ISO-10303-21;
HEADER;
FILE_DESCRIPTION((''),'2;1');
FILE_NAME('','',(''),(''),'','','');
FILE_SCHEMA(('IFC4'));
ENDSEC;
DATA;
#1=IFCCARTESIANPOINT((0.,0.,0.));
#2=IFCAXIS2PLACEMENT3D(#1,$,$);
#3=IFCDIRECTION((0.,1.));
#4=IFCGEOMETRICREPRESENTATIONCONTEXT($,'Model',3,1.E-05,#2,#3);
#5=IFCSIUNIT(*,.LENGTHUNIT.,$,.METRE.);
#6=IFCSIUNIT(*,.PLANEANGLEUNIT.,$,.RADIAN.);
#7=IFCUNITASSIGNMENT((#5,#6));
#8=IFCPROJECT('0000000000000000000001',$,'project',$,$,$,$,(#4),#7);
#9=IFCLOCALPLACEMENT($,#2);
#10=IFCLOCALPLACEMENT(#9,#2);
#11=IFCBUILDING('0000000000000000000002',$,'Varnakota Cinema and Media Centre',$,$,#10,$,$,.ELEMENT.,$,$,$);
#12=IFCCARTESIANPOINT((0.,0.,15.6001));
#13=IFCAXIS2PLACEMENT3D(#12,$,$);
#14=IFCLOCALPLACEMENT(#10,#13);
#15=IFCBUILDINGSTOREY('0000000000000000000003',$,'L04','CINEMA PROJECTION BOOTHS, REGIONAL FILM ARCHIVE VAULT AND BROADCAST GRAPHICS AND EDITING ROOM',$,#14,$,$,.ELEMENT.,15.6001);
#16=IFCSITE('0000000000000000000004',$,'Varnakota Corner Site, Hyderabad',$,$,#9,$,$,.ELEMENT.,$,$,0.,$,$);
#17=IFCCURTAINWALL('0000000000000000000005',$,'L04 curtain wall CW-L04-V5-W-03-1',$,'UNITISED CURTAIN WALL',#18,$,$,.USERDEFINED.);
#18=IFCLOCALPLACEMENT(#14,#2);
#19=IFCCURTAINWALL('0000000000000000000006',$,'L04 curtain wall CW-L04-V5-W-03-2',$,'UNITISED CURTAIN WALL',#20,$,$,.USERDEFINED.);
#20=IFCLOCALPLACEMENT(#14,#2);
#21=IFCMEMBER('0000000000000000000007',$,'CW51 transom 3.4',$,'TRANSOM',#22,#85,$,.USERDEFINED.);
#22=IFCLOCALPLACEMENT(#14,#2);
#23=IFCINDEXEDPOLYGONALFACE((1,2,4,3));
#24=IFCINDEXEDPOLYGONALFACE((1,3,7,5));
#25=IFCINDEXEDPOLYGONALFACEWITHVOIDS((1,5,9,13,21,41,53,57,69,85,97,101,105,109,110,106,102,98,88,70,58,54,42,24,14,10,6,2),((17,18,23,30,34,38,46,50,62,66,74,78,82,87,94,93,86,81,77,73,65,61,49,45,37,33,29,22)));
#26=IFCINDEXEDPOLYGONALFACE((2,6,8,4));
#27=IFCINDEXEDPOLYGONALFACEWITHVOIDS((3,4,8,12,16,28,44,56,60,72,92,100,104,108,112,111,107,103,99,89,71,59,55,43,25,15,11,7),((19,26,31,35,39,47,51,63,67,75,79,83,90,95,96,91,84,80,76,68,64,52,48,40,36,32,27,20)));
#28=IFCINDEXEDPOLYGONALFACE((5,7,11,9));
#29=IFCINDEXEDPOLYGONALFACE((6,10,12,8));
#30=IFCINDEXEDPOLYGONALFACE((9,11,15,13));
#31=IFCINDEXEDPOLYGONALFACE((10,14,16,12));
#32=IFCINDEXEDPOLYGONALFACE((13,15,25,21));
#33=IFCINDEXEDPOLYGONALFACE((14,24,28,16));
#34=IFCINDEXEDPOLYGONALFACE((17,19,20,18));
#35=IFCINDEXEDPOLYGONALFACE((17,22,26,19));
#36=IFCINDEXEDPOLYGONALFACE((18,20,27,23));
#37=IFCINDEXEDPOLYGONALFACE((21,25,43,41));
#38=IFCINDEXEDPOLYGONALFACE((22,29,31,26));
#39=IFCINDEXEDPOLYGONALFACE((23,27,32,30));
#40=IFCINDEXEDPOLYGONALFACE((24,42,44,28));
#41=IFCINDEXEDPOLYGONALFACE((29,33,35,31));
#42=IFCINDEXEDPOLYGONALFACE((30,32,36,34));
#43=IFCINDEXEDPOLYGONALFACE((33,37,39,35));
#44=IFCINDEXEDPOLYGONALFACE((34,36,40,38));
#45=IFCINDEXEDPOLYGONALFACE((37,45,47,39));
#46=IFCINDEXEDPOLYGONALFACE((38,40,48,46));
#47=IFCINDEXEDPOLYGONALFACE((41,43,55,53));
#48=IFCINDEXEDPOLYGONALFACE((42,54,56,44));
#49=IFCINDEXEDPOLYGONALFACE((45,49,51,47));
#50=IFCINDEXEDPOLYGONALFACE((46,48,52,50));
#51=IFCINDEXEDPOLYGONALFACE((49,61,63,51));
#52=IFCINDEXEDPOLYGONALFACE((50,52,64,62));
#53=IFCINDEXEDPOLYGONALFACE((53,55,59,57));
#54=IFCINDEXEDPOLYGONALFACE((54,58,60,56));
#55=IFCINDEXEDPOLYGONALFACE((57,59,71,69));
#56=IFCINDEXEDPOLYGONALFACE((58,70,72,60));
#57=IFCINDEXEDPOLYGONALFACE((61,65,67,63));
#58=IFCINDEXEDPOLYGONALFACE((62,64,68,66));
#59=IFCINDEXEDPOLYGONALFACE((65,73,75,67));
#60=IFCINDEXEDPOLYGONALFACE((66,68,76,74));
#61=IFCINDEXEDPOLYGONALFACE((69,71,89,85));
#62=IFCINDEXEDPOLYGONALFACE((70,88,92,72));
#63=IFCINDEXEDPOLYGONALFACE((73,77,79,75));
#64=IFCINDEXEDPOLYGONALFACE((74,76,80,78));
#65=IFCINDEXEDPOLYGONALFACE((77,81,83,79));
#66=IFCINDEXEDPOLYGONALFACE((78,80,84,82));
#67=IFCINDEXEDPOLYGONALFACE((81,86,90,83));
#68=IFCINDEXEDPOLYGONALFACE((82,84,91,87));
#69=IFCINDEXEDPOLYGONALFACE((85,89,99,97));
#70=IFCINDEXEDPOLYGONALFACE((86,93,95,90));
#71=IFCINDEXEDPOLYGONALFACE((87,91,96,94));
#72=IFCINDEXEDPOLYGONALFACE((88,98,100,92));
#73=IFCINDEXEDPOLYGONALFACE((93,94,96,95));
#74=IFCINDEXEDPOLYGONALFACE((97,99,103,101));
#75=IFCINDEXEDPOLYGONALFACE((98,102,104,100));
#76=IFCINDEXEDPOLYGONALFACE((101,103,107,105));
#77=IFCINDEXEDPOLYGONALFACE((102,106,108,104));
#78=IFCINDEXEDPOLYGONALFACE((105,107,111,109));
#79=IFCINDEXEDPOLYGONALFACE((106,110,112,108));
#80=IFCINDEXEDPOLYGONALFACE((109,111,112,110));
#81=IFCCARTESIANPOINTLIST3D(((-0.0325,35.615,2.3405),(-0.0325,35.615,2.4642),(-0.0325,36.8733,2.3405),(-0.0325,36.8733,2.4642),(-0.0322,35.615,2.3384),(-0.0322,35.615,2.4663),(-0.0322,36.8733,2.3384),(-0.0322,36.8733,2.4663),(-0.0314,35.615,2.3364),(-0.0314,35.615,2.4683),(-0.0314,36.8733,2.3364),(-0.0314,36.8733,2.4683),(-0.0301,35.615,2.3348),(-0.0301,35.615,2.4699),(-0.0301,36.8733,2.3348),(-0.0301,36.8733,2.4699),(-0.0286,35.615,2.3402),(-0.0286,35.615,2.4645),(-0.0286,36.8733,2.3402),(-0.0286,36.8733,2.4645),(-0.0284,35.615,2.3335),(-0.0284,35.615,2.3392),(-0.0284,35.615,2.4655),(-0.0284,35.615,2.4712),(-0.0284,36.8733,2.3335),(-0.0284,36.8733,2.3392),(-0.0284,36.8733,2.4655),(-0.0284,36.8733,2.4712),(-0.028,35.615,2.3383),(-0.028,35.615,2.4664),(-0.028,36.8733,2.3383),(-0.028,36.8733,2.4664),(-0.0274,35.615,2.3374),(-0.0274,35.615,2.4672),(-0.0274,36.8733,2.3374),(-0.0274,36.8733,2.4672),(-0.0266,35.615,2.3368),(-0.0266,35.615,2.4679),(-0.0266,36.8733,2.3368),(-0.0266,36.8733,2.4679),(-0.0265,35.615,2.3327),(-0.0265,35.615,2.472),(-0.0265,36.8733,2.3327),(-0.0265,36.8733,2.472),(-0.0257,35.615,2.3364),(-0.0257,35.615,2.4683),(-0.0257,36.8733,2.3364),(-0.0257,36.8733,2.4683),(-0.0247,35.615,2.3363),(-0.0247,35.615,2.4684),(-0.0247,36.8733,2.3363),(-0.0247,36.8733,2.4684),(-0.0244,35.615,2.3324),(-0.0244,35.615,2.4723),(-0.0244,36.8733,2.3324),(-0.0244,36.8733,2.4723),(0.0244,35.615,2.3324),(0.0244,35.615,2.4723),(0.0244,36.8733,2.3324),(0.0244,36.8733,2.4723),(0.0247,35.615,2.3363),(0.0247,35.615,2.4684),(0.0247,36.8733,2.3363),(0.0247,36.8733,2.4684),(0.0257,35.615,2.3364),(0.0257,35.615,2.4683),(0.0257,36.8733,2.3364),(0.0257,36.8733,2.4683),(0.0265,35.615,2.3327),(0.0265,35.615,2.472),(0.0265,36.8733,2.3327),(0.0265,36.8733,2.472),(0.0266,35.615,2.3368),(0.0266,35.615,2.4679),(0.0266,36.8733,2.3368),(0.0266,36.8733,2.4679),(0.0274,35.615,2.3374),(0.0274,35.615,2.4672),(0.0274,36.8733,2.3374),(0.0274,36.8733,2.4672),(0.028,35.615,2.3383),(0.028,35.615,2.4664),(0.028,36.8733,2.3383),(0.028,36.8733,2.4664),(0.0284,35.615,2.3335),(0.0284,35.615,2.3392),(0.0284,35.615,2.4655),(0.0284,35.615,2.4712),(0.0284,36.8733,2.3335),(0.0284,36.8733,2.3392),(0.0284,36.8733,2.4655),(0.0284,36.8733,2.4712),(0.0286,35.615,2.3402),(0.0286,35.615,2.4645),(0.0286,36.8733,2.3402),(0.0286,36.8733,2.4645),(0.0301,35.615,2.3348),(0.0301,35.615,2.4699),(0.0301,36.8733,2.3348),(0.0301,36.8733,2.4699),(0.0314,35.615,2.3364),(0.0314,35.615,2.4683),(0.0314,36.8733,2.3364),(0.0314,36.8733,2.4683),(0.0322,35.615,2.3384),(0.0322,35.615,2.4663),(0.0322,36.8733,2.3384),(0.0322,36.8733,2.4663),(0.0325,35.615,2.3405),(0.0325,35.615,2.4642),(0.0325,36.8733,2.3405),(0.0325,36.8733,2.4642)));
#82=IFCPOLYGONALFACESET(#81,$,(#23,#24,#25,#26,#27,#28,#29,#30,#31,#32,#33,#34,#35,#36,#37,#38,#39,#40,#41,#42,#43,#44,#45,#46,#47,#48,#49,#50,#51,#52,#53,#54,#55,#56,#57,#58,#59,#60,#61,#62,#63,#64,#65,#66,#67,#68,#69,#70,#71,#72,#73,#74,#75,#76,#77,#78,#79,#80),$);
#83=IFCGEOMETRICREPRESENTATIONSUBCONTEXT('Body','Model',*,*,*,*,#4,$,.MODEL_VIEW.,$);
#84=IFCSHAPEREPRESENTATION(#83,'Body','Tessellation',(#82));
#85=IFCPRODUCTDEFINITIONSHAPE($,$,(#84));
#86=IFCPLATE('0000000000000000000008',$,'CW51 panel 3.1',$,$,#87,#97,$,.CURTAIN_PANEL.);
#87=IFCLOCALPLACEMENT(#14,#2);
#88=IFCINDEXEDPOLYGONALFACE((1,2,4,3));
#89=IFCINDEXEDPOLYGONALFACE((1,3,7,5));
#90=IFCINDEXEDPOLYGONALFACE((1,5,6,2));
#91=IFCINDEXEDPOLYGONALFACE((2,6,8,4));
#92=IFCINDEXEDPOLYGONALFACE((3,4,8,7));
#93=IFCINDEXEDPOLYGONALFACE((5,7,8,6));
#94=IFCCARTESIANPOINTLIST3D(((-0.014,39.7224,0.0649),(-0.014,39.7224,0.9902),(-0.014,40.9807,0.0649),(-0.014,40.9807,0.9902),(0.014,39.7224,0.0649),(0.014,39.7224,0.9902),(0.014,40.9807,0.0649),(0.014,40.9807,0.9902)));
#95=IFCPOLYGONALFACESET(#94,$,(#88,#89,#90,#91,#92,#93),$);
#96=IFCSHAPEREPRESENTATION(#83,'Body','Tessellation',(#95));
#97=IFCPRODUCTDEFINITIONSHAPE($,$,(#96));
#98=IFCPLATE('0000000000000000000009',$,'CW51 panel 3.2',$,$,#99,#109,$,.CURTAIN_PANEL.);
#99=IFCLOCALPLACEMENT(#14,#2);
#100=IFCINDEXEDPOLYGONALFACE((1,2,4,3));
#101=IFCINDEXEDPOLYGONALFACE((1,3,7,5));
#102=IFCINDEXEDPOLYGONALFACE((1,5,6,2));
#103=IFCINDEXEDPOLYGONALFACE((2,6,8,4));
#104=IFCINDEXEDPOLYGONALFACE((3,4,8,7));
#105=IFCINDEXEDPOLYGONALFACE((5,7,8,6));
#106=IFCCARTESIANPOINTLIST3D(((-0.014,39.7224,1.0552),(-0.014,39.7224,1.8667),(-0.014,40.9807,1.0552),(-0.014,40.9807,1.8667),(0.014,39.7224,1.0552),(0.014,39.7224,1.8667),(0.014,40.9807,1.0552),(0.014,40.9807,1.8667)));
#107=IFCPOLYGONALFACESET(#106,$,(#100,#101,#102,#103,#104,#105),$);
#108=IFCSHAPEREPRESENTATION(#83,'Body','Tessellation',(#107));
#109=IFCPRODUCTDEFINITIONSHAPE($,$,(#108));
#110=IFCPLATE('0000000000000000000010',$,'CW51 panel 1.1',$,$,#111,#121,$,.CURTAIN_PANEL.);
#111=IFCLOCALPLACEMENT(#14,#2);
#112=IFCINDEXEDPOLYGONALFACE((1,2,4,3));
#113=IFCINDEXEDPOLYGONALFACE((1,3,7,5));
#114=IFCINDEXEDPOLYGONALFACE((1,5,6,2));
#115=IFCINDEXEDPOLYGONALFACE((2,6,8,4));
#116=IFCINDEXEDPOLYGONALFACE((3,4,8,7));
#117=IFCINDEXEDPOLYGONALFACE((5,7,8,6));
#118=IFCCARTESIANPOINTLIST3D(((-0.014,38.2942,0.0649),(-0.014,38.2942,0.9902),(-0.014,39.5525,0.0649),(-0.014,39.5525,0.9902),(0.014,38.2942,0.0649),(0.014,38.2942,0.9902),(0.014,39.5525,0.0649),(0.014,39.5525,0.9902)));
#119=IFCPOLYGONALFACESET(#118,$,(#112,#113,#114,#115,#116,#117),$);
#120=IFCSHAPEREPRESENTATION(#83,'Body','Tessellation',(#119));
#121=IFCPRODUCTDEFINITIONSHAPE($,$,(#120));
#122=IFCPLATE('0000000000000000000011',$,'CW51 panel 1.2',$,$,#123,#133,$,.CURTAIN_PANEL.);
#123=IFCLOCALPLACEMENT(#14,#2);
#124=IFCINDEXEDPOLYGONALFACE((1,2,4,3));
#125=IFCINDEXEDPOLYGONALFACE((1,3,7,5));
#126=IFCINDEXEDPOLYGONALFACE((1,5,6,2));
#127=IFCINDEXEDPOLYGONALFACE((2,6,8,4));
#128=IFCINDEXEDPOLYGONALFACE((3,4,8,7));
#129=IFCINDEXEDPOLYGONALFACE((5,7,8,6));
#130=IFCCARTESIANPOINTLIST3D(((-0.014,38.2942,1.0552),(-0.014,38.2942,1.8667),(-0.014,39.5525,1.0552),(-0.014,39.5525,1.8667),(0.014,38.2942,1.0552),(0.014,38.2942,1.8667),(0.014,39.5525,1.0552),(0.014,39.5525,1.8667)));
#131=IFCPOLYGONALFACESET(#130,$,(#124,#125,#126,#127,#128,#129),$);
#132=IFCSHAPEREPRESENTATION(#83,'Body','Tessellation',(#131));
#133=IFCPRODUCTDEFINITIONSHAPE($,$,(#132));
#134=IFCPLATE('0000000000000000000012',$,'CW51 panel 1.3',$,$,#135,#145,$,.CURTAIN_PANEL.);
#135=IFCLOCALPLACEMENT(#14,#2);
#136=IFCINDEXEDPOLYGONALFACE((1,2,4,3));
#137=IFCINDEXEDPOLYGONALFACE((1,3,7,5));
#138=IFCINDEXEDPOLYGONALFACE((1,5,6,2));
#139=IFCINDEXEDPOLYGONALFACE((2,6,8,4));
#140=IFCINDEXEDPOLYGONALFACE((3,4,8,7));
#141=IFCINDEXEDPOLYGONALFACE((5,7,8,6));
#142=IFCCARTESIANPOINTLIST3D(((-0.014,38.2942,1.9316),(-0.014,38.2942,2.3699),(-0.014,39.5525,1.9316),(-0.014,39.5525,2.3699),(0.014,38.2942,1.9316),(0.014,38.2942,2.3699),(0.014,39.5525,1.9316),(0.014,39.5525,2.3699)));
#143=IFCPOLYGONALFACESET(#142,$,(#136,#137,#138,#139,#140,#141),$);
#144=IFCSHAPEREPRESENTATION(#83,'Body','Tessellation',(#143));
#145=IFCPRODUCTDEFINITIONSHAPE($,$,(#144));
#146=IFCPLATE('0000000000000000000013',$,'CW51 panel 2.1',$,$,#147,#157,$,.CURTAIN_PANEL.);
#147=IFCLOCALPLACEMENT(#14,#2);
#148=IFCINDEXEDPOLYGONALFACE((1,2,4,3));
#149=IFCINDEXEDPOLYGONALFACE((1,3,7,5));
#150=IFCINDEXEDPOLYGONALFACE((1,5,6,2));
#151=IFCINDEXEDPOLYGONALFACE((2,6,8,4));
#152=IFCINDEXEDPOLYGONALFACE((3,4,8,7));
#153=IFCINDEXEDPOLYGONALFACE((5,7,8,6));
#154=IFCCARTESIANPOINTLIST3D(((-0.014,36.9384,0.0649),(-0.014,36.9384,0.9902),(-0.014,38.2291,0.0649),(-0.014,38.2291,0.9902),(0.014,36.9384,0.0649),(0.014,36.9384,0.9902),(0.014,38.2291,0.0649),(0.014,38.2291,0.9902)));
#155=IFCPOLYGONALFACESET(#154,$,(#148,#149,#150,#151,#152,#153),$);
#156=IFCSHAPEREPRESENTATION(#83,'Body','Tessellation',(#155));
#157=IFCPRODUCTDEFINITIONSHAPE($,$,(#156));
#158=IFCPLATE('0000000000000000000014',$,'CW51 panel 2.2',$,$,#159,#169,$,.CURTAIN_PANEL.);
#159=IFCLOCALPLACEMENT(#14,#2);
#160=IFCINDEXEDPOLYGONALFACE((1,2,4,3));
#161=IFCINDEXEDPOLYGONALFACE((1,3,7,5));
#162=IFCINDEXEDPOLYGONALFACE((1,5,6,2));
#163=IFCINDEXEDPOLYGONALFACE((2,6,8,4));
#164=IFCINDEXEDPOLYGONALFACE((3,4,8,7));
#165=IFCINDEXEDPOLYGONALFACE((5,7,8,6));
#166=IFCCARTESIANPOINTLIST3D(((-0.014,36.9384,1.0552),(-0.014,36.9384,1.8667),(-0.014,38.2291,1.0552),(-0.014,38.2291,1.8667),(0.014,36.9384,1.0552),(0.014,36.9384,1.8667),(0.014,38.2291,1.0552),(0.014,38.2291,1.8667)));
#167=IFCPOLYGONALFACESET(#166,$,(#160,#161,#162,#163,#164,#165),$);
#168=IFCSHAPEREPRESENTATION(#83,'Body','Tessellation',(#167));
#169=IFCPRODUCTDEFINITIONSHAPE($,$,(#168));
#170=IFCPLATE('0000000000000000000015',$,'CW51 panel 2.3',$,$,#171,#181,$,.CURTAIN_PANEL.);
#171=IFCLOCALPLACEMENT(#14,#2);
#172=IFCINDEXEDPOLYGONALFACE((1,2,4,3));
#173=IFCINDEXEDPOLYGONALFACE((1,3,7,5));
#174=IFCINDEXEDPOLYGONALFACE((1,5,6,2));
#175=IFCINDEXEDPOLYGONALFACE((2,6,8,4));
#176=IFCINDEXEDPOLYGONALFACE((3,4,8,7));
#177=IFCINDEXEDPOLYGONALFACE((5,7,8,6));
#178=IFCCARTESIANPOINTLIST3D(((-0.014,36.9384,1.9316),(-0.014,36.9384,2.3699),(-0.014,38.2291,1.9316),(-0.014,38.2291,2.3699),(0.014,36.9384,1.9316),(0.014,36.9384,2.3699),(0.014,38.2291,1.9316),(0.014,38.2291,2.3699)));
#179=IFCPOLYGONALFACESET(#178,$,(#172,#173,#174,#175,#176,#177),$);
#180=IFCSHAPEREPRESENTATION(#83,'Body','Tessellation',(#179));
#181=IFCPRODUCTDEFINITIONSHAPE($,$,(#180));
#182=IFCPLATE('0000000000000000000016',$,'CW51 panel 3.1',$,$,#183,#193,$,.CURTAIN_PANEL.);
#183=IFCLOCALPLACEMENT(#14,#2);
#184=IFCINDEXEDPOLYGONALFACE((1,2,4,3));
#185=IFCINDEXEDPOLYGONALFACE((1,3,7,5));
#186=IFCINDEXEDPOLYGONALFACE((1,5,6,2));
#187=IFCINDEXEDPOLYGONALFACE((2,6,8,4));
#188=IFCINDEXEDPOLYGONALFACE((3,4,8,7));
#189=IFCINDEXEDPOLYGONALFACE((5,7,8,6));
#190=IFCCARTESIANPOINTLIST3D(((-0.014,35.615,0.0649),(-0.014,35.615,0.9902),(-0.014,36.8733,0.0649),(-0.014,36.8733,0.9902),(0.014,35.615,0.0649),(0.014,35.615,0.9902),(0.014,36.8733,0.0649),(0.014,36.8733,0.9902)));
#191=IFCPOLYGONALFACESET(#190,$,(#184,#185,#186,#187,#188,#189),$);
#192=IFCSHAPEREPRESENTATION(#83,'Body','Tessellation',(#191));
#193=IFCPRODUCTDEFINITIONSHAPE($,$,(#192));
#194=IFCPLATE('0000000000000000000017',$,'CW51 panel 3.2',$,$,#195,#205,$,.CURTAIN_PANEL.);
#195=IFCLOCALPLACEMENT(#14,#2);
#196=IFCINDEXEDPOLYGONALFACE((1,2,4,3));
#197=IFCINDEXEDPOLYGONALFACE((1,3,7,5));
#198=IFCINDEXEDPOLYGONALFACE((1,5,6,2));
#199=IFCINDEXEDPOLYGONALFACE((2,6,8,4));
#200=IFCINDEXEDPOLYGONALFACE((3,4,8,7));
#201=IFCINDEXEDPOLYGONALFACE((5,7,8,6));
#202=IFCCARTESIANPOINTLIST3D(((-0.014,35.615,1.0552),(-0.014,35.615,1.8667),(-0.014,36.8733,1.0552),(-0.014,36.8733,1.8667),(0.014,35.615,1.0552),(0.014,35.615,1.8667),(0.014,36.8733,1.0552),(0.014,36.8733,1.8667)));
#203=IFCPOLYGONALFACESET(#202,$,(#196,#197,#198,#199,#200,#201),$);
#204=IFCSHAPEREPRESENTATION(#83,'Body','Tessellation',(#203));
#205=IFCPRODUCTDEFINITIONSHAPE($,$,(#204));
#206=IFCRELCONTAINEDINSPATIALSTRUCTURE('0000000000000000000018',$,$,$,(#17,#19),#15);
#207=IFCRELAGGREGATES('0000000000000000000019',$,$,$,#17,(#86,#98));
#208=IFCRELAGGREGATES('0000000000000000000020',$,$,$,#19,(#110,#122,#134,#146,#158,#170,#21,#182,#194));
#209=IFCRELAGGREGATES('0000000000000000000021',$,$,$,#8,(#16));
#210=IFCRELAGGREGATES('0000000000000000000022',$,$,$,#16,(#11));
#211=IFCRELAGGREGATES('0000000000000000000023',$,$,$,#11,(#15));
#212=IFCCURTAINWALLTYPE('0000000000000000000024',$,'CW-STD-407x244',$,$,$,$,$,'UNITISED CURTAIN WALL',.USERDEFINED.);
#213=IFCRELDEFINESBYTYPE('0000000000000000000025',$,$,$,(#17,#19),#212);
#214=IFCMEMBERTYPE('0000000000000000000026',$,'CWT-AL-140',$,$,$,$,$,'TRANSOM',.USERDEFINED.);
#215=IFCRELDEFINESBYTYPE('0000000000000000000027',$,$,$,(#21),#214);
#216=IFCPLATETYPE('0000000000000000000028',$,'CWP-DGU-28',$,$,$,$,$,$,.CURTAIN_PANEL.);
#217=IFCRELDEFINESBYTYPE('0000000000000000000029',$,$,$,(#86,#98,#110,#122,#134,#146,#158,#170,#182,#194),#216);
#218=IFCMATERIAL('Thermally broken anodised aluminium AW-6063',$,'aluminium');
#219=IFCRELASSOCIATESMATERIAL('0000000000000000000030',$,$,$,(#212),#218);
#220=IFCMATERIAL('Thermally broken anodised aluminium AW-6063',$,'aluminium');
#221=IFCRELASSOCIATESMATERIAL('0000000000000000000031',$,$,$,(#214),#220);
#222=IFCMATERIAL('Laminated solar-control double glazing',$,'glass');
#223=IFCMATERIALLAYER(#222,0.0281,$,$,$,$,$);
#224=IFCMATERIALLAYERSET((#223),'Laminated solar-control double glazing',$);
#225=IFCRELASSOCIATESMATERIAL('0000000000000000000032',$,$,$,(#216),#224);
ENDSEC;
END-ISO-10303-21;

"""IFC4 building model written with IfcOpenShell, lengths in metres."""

from ifc_helpers import new_model, si_unit, direction, frame, origin, origin_2d, place, context, subcontext, project, spatial, rectangle, hollow_rectangle, extrude, material, layer, layer_set, material_profile, profile_set, type_object, element, aggregate, save


model = new_model("IFC4")

# Units and contexts
model_context = context("Model", 3, precision=1e-05, world=origin(), true_north=direction((0.0, 1.0)))
body_context = subcontext(model_context, "Body", "Model", "MODEL_VIEW")
ifc_project = project(units=[si_unit("LENGTHUNIT", "METRE"), si_unit("PLANEANGLEUNIT", "RADIAN")], contexts=[model_context])

# Site, building, storey
site_placement = place(None, origin())
site = spatial("IfcSite", under=ifc_project, at=site_placement, Name="Varnakota Corner Site, Hyderabad", CompositionType="ELEMENT", RefElevation=0.0)
building_placement = place(site_placement, origin())
building = spatial("IfcBuilding", under=site, at=building_placement, Name="Varnakota Cinema and Media Centre", CompositionType="ELEMENT")
storey_placement = place(building_placement, frame((0.0, 0.0, 15.6001)))
storey = spatial("IfcBuildingStorey", under=building, at=storey_placement, Name="L04", Description="CINEMA PROJECTION BOOTHS, REGIONAL FILM ARCHIVE VAULT AND BROADCAST GRAPHICS AND EDITING ROOM", CompositionType="ELEMENT", Elevation=15.6001)

# Curtain wall
ifc_material_1 = material(Name="Thermally broken anodised aluminium AW-6063", Category="aluminium")
curtain_wall_type = type_object("IfcCurtainWallType", Name="CW-STD-407x244", ElementType="UNITISED CURTAIN WALL", PredefinedType="USERDEFINED", material=ifc_material_1)
curtain_wall_1_placement = place(storey_placement, origin())
curtain_wall_1 = element("IfcCurtainWall", 1, at=curtain_wall_1_placement, inside=storey, type_object=curtain_wall_type, Name="L04 curtain wall CW-L04-V5-W-03-1", ObjectType="UNITISED CURTAIN WALL", PredefinedType="USERDEFINED")

# Curtain wall, member
curtain_wall_2_placement = place(storey_placement, origin())
curtain_wall_2 = element("IfcCurtainWall", 2, at=curtain_wall_2_placement, inside=storey, type_object=curtain_wall_type, Name="L04 curtain wall CW-L04-V5-W-03-2", ObjectType="UNITISED CURTAIN WALL", PredefinedType="USERDEFINED")
ifc_material_2 = material(Name="Thermally broken anodised aluminium AW-6063", Category="aluminium")
ifc_material_profile_1 = material_profile(ifc_material_2, hollow_rectangle(XDim=0.0649, YDim=0.1399, WallThickness=0.0039, InnerFilletRadius=0.0039, OuterFilletRadius=0.0081, at=origin_2d()), Name="AL-TRANSOM 140x65x4")
ifc_profile_set_1 = profile_set([ifc_material_profile_1], Name="Thermally broken anodised aluminium AW-6063")
member_type_1 = type_object("IfcMemberType", Name="CWT-AL-140", ElementType="TRANSOM", PredefinedType="USERDEFINED", material=ifc_profile_set_1)
member_1_placement = place(storey_placement, frame((0.0, 36.8733, 2.4023), z_axis=(0.0, -1.0, 0.0), x_axis=(1.0, 0.0, 0.0)))
member_1 = element("IfcMember", 3, at=member_1_placement, type_object=member_type_1, Name="CW51 transom 3.4", ObjectType="TRANSOM", PredefinedType="USERDEFINED", context=body_context, shape_type="SweptSolid", body=[
    extrude(hollow_rectangle(XDim=0.0649, YDim=0.1399, WallThickness=0.0039, InnerFilletRadius=0.0039, OuterFilletRadius=0.0081, at=origin_2d()), origin(), (0.0, 0.0, 1.0), 1.2583),
])

# Plates
ifc_material_3 = material(Name="Laminated solar-control double glazing", Category="glass")
ifc_layer_1 = layer(ifc_material_3, 0.0281)
ifc_layer_set_1 = layer_set([ifc_layer_1], Name="Laminated solar-control double glazing")
plate_type = type_object("IfcPlateType", Name="CWP-DGU-28", PredefinedType="CURTAIN_PANEL", material=ifc_layer_set_1)
plate_1_placement = place(storey_placement, frame((0.0, 40.3516, 0.0649), z_axis=(0.0, 0.0, 1.0), x_axis=(0.0, -1.0, 0.0)))
plate_1 = element("IfcPlate", 4, at=plate_1_placement, type_object=plate_type, Name="CW51 panel 3.1", PredefinedType="CURTAIN_PANEL", context=body_context, shape_type="SweptSolid", body=[
    extrude(rectangle(XDim=1.2583, YDim=0.0281, at=origin_2d()), origin(), (0.0, 0.0, 1.0), 0.9253),
])
plate_2_placement = place(storey_placement, frame((0.0, 40.3516, 1.0552), z_axis=(0.0, 0.0, 1.0), x_axis=(0.0, -1.0, 0.0)))
plate_2 = element("IfcPlate", 5, at=plate_2_placement, type_object=plate_type, Name="CW51 panel 3.2", PredefinedType="CURTAIN_PANEL", context=body_context, shape_type="SweptSolid", body=[
    extrude(rectangle(XDim=1.2583, YDim=0.0281, at=origin_2d()), origin(), (0.0, 0.0, 1.0), 0.8115),
])
aggregate(curtain_wall_1, [plate_1, plate_2])
plate_3_placement = place(storey_placement, frame((0.0, 38.9233, 0.0649), z_axis=(0.0, 0.0, 1.0), x_axis=(0.0, -1.0, 0.0)))
plate_3 = element("IfcPlate", 6, at=plate_3_placement, type_object=plate_type, Name="CW51 panel 1.1", PredefinedType="CURTAIN_PANEL", context=body_context, shape_type="SweptSolid", body=[
    extrude(rectangle(XDim=1.2583, YDim=0.0281, at=origin_2d()), origin(), (0.0, 0.0, 1.0), 0.9253),
])
plate_4_placement = place(storey_placement, frame((0.0, 38.9233, 1.0552), z_axis=(0.0, 0.0, 1.0), x_axis=(0.0, -1.0, 0.0)))
plate_4 = element("IfcPlate", 7, at=plate_4_placement, type_object=plate_type, Name="CW51 panel 1.2", PredefinedType="CURTAIN_PANEL", context=body_context, shape_type="SweptSolid", body=[
    extrude(rectangle(XDim=1.2583, YDim=0.0281, at=origin_2d()), origin(), (0.0, 0.0, 1.0), 0.8115),
])
plate_5_placement = place(storey_placement, frame((0.0, 38.9233, 1.9316), z_axis=(0.0, 0.0, 1.0), x_axis=(0.0, -1.0, 0.0)))
plate_5 = element("IfcPlate", 8, at=plate_5_placement, type_object=plate_type, Name="CW51 panel 1.3", PredefinedType="CURTAIN_PANEL", context=body_context, shape_type="SweptSolid", body=[
    extrude(rectangle(XDim=1.2583, YDim=0.0281, at=origin_2d()), origin(), (0.0, 0.0, 1.0), 0.4382),
])
plate_6_placement = place(storey_placement, frame((0.0, 37.5837, 0.0649), z_axis=(0.0, 0.0, 1.0), x_axis=(0.0, -1.0, 0.0)))
plate_6 = element("IfcPlate", 9, at=plate_6_placement, type_object=plate_type, Name="CW51 panel 2.1", PredefinedType="CURTAIN_PANEL", context=body_context, shape_type="SweptSolid", body=[
    extrude(rectangle(XDim=1.2908, YDim=0.0281, at=origin_2d()), origin(), (0.0, 0.0, 1.0), 0.9253),
])
plate_7_placement = place(storey_placement, frame((0.0, 37.5837, 1.0552), z_axis=(0.0, 0.0, 1.0), x_axis=(0.0, -1.0, 0.0)))
plate_7 = element("IfcPlate", 10, at=plate_7_placement, type_object=plate_type, Name="CW51 panel 2.2", PredefinedType="CURTAIN_PANEL", context=body_context, shape_type="SweptSolid", body=[
    extrude(rectangle(XDim=1.2908, YDim=0.0281, at=origin_2d()), origin(), (0.0, 0.0, 1.0), 0.8115),
])
plate_8_placement = place(storey_placement, frame((0.0, 37.5837, 1.9316), z_axis=(0.0, 0.0, 1.0), x_axis=(0.0, -1.0, 0.0)))
plate_8 = element("IfcPlate", 11, at=plate_8_placement, type_object=plate_type, Name="CW51 panel 2.3", PredefinedType="CURTAIN_PANEL", context=body_context, shape_type="SweptSolid", body=[
    extrude(rectangle(XDim=1.2908, YDim=0.0281, at=origin_2d()), origin(), (0.0, 0.0, 1.0), 0.4382),
])
plate_9_placement = place(storey_placement, frame((0.0, 36.2441, 0.0649), z_axis=(0.0, 0.0, 1.0), x_axis=(0.0, -1.0, 0.0)))
plate_9 = element("IfcPlate", 12, at=plate_9_placement, type_object=plate_type, Name="CW51 panel 3.1", PredefinedType="CURTAIN_PANEL", context=body_context, shape_type="SweptSolid", body=[
    extrude(rectangle(XDim=1.2583, YDim=0.0281, at=origin_2d()), origin(), (0.0, 0.0, 1.0), 0.9253),
])
plate_10_placement = place(storey_placement, frame((0.0, 36.2441, 1.0552), z_axis=(0.0, 0.0, 1.0), x_axis=(0.0, -1.0, 0.0)))
plate_10 = element("IfcPlate", 13, at=plate_10_placement, type_object=plate_type, Name="CW51 panel 3.2", PredefinedType="CURTAIN_PANEL", context=body_context, shape_type="SweptSolid", body=[
    extrude(rectangle(XDim=1.2583, YDim=0.0281, at=origin_2d()), origin(), (0.0, 0.0, 1.0), 0.8115),
])
aggregate(curtain_wall_2, [plate_3, plate_4, plate_5, plate_6, plate_7, plate_8, member_1, plate_9, plate_10])

save(model, "model.ifc")
